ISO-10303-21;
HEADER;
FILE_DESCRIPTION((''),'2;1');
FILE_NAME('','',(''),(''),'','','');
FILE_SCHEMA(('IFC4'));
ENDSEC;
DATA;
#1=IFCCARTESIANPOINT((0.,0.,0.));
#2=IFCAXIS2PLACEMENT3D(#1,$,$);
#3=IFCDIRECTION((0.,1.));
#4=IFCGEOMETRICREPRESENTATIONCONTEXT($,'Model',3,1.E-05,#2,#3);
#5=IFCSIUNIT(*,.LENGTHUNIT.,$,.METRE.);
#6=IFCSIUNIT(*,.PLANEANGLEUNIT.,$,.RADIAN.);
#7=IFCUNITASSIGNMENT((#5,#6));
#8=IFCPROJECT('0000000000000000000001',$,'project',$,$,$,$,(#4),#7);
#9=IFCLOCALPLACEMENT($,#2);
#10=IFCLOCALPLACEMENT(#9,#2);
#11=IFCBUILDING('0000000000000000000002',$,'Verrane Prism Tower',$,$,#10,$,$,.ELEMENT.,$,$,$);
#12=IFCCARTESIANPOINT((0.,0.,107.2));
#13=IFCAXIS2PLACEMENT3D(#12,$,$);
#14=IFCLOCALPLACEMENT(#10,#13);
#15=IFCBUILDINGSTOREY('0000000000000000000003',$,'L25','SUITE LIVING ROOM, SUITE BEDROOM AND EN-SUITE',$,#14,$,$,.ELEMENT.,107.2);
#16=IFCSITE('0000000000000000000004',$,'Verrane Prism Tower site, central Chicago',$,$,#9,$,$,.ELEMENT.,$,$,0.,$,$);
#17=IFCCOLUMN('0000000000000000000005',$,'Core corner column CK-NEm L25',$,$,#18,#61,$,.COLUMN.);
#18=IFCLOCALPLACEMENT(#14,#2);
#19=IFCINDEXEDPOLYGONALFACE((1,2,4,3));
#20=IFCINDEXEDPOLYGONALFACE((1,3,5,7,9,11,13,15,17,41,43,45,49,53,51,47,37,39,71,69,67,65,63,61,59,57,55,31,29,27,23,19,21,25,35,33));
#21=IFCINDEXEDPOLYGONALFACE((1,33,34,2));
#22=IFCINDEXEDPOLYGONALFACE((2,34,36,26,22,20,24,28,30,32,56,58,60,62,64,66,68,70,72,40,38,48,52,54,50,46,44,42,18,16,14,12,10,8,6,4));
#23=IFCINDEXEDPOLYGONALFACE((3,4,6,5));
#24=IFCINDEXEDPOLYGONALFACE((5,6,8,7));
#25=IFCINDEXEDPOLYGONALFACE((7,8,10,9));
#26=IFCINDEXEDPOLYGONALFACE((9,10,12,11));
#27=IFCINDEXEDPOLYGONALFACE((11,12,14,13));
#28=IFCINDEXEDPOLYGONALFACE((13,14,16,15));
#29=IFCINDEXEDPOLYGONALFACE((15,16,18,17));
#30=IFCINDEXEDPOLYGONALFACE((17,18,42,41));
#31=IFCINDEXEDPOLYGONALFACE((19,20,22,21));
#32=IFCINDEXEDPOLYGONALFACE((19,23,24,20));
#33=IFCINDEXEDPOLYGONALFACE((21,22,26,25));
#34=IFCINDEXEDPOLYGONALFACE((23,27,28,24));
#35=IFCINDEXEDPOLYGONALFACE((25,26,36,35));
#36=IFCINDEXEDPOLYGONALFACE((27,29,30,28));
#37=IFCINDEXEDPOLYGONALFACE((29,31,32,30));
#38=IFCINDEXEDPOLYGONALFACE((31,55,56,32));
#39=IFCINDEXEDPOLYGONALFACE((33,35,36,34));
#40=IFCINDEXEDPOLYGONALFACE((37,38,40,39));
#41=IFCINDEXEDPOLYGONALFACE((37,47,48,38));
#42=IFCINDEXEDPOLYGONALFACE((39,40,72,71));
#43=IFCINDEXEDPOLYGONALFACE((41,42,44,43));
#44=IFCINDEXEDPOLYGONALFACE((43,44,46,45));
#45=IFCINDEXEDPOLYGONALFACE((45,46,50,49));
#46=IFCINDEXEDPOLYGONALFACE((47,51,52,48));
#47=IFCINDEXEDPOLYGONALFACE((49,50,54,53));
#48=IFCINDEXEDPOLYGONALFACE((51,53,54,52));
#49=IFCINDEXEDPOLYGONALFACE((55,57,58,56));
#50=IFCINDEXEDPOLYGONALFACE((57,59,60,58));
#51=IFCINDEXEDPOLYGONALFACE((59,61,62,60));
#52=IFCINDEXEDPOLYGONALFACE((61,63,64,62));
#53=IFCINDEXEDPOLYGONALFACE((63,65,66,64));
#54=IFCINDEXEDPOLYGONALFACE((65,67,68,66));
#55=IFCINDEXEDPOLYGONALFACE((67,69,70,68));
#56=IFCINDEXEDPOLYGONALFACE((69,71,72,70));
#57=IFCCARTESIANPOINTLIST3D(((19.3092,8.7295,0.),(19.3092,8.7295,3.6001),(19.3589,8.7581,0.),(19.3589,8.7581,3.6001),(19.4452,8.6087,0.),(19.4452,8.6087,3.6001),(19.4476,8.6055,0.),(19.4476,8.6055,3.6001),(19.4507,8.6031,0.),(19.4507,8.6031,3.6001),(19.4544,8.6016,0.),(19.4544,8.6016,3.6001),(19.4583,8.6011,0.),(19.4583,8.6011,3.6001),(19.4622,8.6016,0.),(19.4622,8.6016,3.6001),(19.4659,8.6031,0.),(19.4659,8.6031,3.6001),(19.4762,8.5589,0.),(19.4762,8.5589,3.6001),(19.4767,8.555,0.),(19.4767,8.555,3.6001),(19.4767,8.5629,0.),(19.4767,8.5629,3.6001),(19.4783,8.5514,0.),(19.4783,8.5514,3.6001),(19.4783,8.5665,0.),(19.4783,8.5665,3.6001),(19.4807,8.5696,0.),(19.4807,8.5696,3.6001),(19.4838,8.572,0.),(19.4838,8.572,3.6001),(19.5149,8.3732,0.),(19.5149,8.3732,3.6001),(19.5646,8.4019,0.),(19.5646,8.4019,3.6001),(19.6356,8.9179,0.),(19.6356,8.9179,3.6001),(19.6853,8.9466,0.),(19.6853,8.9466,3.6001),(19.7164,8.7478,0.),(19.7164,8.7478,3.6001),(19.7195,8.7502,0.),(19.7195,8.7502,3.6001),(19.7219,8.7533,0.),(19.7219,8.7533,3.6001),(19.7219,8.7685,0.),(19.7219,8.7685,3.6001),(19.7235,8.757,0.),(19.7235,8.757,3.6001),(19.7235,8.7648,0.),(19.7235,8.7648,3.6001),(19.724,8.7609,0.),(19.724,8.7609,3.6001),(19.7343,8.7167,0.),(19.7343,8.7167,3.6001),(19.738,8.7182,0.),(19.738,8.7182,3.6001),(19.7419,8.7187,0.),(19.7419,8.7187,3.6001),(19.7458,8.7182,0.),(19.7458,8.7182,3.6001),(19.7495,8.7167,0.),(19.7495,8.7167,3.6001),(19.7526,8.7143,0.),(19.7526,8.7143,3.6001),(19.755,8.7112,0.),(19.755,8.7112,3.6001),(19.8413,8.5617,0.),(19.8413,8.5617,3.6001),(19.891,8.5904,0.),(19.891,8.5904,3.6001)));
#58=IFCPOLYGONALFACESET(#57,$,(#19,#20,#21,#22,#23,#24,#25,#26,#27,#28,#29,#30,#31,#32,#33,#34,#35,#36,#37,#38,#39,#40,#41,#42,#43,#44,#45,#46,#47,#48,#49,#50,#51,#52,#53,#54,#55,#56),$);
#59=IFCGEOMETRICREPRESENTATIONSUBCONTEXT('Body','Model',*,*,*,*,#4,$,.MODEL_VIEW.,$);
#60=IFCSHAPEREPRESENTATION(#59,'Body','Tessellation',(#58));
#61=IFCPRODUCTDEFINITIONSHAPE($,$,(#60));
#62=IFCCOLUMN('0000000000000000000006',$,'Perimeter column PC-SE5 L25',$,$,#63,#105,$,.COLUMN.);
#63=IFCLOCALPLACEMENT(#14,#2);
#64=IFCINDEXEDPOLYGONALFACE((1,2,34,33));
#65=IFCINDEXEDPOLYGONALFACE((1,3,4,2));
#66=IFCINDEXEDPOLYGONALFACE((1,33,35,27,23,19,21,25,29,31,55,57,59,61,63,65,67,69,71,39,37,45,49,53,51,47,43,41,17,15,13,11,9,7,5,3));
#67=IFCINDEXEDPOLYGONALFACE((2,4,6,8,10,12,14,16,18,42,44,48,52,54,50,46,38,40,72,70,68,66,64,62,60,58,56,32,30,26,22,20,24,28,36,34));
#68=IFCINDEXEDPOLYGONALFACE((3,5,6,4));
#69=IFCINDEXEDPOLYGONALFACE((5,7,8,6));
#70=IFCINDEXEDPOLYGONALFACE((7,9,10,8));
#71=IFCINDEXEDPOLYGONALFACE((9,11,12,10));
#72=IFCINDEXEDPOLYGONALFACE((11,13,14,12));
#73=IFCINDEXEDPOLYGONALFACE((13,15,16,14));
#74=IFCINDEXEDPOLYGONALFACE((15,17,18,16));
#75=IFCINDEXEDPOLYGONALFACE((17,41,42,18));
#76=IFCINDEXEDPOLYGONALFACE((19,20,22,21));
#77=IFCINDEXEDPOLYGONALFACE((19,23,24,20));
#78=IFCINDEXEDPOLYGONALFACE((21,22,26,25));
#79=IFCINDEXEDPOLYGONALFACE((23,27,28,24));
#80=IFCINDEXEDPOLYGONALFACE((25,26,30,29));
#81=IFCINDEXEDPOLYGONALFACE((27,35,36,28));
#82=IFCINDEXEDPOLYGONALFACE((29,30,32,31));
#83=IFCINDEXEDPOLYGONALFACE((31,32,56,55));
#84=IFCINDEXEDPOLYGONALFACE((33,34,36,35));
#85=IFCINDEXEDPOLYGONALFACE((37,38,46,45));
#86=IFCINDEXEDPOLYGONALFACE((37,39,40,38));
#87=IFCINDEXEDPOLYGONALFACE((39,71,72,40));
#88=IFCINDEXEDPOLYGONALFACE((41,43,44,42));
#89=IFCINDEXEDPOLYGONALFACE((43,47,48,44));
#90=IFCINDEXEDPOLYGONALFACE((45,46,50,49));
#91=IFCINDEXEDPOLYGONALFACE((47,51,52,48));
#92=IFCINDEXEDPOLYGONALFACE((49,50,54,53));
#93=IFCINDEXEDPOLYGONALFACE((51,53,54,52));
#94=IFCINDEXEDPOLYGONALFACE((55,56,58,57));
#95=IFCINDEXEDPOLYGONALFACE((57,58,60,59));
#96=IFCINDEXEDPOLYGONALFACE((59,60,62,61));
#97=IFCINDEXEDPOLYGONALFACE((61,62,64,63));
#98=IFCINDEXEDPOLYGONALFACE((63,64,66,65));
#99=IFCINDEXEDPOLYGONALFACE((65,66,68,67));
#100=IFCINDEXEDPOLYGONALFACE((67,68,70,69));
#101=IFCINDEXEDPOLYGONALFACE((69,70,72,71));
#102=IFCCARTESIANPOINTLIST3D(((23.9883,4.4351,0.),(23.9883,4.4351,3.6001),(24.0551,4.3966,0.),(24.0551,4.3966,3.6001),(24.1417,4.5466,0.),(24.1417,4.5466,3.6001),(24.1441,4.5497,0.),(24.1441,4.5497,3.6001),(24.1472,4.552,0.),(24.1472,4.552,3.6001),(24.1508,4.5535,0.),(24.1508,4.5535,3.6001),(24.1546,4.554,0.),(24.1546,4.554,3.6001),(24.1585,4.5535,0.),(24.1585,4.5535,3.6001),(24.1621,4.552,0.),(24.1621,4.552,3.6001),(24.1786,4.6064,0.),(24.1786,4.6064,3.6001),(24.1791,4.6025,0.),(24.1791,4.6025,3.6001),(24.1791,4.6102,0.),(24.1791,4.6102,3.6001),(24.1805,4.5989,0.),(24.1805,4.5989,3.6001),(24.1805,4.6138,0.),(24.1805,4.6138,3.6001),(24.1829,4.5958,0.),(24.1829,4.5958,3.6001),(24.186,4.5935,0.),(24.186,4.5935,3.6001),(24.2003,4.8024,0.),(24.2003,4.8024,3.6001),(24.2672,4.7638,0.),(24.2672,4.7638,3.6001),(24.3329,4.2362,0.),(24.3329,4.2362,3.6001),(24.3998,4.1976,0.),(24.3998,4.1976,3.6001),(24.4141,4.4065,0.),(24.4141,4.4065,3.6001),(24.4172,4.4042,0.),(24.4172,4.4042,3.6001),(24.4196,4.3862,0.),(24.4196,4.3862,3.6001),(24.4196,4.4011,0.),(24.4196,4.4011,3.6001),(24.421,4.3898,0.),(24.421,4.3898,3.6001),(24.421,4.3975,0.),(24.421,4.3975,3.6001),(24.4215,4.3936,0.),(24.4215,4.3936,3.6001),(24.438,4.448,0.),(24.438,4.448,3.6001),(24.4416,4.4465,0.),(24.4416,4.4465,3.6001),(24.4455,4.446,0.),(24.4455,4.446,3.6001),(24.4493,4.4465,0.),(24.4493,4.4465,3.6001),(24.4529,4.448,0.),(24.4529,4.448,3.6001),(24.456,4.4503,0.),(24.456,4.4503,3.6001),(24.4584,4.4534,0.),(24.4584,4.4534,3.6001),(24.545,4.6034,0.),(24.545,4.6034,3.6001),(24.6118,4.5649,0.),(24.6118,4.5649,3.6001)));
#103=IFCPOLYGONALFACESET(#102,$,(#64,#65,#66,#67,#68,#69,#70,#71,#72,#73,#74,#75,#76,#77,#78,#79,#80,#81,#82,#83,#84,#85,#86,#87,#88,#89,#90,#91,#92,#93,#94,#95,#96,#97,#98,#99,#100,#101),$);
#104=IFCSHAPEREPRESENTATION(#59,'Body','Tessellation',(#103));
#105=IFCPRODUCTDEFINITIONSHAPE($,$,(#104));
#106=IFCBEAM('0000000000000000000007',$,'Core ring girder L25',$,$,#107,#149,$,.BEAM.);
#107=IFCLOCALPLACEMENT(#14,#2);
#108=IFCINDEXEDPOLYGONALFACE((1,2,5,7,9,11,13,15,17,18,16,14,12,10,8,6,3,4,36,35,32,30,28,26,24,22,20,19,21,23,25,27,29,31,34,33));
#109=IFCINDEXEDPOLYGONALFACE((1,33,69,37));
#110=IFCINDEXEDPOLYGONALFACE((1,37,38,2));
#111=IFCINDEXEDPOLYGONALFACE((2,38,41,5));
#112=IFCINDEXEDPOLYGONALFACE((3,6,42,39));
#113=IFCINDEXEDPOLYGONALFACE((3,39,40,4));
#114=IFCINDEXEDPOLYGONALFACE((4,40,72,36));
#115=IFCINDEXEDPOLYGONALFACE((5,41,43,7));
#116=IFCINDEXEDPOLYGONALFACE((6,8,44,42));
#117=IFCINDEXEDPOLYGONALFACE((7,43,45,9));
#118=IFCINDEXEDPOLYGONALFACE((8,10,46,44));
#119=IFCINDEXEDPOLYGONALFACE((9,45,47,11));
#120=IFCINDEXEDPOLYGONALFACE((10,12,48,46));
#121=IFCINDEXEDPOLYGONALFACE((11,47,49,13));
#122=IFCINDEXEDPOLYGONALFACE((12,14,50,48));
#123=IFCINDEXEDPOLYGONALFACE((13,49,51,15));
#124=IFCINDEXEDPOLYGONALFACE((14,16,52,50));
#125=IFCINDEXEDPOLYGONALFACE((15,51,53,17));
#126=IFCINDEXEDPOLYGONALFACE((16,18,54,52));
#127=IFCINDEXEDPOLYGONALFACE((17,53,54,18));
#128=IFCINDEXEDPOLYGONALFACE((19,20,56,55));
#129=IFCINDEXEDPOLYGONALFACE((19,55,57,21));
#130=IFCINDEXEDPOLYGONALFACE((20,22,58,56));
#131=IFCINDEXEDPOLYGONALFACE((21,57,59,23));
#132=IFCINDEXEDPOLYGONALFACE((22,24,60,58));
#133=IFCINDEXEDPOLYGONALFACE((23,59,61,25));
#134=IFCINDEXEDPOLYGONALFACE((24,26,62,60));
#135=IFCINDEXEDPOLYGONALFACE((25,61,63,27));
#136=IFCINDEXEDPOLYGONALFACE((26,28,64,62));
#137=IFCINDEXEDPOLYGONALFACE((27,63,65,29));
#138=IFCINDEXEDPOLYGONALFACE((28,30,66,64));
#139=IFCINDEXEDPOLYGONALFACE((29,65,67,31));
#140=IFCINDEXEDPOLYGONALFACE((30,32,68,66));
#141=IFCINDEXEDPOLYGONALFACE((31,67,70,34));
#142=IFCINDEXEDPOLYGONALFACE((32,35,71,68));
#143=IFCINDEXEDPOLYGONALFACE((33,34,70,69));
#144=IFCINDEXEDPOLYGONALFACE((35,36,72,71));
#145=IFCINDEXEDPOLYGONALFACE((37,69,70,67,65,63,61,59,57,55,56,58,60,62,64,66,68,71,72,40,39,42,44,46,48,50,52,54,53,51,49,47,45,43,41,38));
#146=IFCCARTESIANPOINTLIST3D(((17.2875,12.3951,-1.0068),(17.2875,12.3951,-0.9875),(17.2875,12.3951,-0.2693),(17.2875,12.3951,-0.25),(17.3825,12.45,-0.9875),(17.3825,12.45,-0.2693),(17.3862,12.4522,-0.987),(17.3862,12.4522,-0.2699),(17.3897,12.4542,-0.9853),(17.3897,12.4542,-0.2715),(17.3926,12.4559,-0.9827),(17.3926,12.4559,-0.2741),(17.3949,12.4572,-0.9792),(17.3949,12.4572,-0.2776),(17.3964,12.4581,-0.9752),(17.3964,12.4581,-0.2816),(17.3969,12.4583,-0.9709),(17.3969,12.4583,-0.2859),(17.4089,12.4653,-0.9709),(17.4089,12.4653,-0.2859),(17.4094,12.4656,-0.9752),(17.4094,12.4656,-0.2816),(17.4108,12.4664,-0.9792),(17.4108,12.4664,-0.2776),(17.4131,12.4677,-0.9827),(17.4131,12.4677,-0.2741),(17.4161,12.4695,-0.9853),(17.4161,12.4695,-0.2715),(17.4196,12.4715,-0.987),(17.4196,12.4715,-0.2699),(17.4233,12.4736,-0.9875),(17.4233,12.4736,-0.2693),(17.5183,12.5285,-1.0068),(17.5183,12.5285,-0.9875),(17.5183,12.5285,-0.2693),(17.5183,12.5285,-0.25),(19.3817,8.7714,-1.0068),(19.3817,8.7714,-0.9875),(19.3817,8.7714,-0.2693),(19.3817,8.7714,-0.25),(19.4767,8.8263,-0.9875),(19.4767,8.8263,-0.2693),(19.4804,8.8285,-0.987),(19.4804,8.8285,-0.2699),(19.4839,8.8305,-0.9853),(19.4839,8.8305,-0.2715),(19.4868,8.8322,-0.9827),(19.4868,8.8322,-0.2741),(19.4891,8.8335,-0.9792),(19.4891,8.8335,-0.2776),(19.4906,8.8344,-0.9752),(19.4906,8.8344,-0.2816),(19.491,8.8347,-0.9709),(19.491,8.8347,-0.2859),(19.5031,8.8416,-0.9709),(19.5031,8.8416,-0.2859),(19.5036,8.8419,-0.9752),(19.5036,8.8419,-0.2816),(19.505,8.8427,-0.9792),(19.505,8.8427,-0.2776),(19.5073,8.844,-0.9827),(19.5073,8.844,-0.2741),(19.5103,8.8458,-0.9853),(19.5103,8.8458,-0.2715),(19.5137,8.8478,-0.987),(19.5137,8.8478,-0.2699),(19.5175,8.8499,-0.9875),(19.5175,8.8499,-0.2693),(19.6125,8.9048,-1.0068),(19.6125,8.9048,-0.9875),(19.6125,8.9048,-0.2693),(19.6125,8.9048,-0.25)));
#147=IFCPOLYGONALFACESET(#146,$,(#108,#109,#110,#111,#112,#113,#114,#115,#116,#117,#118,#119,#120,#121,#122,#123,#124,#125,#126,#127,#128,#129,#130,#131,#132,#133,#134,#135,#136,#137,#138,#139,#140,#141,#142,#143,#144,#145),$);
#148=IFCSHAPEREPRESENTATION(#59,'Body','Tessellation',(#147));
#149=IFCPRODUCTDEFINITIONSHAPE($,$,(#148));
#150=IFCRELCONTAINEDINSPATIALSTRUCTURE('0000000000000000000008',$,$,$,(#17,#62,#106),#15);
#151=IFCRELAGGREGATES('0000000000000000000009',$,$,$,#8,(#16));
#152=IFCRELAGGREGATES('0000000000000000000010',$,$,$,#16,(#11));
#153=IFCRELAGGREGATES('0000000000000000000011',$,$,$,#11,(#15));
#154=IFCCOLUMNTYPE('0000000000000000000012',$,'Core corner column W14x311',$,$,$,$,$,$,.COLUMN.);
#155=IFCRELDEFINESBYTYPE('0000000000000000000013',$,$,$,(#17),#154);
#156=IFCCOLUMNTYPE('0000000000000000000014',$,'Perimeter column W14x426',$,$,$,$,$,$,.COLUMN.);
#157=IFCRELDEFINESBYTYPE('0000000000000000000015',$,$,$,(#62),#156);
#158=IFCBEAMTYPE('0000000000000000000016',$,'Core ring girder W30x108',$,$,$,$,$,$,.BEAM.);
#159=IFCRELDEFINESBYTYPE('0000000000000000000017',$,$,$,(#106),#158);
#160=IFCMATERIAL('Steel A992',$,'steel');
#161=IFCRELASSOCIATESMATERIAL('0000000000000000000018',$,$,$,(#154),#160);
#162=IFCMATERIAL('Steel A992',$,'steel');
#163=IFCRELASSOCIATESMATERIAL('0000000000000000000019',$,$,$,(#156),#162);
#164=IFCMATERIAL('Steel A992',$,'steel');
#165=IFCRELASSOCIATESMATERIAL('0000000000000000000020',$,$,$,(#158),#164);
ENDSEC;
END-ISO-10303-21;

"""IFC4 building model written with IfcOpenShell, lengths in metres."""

from ifc_helpers import new_model, si_unit, direction, frame, origin, origin_2d, place, context, subcontext, project, spatial, i_section, extrude, material, material_profile, profile_set, type_object, element, save


model = new_model("IFC4")

# Units and contexts
model_context = context("Model", 3, precision=1e-05, world=origin(), true_north=direction((0.0, 1.0)))
body_context = subcontext(model_context, "Body", "Model", "MODEL_VIEW")
ifc_project = project(units=[si_unit("LENGTHUNIT", "METRE"), si_unit("PLANEANGLEUNIT", "RADIAN")], contexts=[model_context])

# Site, building, storey
site_placement = place(None, origin())
site = spatial("IfcSite", under=ifc_project, at=site_placement, Name="Verrane Prism Tower site, central Chicago", CompositionType="ELEMENT", RefElevation=0.0)
building_placement = place(site_placement, origin())
building = spatial("IfcBuilding", under=site, at=building_placement, Name="Verrane Prism Tower", CompositionType="ELEMENT")
storey_placement = place(building_placement, frame((0.0, 0.0, 107.2)))
storey = spatial("IfcBuildingStorey", under=building, at=storey_placement, Name="L25", Description="SUITE LIVING ROOM, SUITE BEDROOM AND EN-SUITE", CompositionType="ELEMENT", Elevation=107.2)

# Columns
ifc_material_1 = material(Name="Steel A992", Category="steel")
ifc_material_profile_1 = material_profile(ifc_material_1, i_section(OverallWidth=0.4114, OverallDepth=0.4343, WebThickness=0.0359, FlangeThickness=0.0574, FilletRadius=0.0151, at=origin_2d()), Name="W14x311")
ifc_profile_set_1 = profile_set([ifc_material_profile_1], Name="Steel A992")
column_type_1 = type_object("IfcColumnType", Name="Core corner column W14x311", PredefinedType="COLUMN", material=ifc_profile_set_1)
column_1_placement = place(storey_placement, frame((19.6001, 8.6599, 0.0), z_axis=(0.0, 0.0, 1.0), x_axis=(0.5, -0.866025, 0.0)))
element("IfcColumn", 1, at=column_1_placement, inside=storey, type_object=column_type_1, Name="Core corner column CK-NEm L25", PredefinedType="COLUMN", context=body_context, shape_type="SweptSolid", body=[
    extrude(i_section(OverallWidth=0.4114, OverallDepth=0.4343, WebThickness=0.0359, FlangeThickness=0.0574, FilletRadius=0.0151, at=origin_2d()), origin(), (0.0, 0.0, 1.0), 3.6001),
])
ifc_material_2 = material(Name="Steel A992", Category="steel")
ifc_material_profile_2 = material_profile(ifc_material_2, i_section(OverallWidth=0.4241, OverallDepth=0.4751, WebThickness=0.0479, FlangeThickness=0.0771, FilletRadius=0.0149, at=origin_2d()), Name="W14x426")
ifc_profile_set_2 = profile_set([ifc_material_profile_2], Name="Steel A992")
column_type_2 = type_object("IfcColumnType", Name="Perimeter column W14x426", PredefinedType="COLUMN", material=ifc_profile_set_2)
column_2_placement = place(storey_placement, frame((24.3, 4.5, 0.0), z_axis=(0.0, 0.0, 1.0), x_axis=(-0.5, -0.866025, 0.0)))
element("IfcColumn", 2, at=column_2_placement, inside=storey, type_object=column_type_2, Name="Perimeter column PC-SE5 L25", PredefinedType="COLUMN", context=body_context, shape_type="SweptSolid", body=[
    extrude(i_section(OverallWidth=0.4241, OverallDepth=0.4751, WebThickness=0.0479, FlangeThickness=0.0771, FilletRadius=0.0149, at=origin_2d()), origin(), (0.0, 0.0, 1.0), 3.6001),
])

# Beam
ifc_material_3 = material(Name="Steel A992", Category="steel")
ifc_material_profile_3 = material_profile(ifc_material_3, i_section(OverallWidth=0.2666, OverallDepth=0.7568, WebThickness=0.0139, FlangeThickness=0.0193, FilletRadius=0.0166, at=origin_2d()), Name="W30x108")
ifc_profile_set_3 = profile_set([ifc_material_profile_3], Name="Steel A992")
beam_type_1 = type_object("IfcBeamType", Name="Core ring girder W30x108", PredefinedType="BEAM", material=ifc_profile_set_3)
beam_1_placement = place(storey_placement, frame((19.4971, 8.8381, -0.6284), z_axis=(-0.500367, 0.865813, 0.0), x_axis=(-0.865813, -0.500367, 0.0)))
element("IfcBeam", 3, at=beam_1_placement, inside=storey, type_object=beam_type_1, Name="Core ring girder L25", PredefinedType="BEAM", context=body_context, shape_type="SweptSolid", body=[
    extrude(i_section(OverallWidth=0.2666, OverallDepth=0.7568, WebThickness=0.0139, FlangeThickness=0.0193, FilletRadius=0.0166, at=origin_2d()), origin(), (0.0, 0.0, 1.0), 4.1853),
])

save(model, "model.ifc")
